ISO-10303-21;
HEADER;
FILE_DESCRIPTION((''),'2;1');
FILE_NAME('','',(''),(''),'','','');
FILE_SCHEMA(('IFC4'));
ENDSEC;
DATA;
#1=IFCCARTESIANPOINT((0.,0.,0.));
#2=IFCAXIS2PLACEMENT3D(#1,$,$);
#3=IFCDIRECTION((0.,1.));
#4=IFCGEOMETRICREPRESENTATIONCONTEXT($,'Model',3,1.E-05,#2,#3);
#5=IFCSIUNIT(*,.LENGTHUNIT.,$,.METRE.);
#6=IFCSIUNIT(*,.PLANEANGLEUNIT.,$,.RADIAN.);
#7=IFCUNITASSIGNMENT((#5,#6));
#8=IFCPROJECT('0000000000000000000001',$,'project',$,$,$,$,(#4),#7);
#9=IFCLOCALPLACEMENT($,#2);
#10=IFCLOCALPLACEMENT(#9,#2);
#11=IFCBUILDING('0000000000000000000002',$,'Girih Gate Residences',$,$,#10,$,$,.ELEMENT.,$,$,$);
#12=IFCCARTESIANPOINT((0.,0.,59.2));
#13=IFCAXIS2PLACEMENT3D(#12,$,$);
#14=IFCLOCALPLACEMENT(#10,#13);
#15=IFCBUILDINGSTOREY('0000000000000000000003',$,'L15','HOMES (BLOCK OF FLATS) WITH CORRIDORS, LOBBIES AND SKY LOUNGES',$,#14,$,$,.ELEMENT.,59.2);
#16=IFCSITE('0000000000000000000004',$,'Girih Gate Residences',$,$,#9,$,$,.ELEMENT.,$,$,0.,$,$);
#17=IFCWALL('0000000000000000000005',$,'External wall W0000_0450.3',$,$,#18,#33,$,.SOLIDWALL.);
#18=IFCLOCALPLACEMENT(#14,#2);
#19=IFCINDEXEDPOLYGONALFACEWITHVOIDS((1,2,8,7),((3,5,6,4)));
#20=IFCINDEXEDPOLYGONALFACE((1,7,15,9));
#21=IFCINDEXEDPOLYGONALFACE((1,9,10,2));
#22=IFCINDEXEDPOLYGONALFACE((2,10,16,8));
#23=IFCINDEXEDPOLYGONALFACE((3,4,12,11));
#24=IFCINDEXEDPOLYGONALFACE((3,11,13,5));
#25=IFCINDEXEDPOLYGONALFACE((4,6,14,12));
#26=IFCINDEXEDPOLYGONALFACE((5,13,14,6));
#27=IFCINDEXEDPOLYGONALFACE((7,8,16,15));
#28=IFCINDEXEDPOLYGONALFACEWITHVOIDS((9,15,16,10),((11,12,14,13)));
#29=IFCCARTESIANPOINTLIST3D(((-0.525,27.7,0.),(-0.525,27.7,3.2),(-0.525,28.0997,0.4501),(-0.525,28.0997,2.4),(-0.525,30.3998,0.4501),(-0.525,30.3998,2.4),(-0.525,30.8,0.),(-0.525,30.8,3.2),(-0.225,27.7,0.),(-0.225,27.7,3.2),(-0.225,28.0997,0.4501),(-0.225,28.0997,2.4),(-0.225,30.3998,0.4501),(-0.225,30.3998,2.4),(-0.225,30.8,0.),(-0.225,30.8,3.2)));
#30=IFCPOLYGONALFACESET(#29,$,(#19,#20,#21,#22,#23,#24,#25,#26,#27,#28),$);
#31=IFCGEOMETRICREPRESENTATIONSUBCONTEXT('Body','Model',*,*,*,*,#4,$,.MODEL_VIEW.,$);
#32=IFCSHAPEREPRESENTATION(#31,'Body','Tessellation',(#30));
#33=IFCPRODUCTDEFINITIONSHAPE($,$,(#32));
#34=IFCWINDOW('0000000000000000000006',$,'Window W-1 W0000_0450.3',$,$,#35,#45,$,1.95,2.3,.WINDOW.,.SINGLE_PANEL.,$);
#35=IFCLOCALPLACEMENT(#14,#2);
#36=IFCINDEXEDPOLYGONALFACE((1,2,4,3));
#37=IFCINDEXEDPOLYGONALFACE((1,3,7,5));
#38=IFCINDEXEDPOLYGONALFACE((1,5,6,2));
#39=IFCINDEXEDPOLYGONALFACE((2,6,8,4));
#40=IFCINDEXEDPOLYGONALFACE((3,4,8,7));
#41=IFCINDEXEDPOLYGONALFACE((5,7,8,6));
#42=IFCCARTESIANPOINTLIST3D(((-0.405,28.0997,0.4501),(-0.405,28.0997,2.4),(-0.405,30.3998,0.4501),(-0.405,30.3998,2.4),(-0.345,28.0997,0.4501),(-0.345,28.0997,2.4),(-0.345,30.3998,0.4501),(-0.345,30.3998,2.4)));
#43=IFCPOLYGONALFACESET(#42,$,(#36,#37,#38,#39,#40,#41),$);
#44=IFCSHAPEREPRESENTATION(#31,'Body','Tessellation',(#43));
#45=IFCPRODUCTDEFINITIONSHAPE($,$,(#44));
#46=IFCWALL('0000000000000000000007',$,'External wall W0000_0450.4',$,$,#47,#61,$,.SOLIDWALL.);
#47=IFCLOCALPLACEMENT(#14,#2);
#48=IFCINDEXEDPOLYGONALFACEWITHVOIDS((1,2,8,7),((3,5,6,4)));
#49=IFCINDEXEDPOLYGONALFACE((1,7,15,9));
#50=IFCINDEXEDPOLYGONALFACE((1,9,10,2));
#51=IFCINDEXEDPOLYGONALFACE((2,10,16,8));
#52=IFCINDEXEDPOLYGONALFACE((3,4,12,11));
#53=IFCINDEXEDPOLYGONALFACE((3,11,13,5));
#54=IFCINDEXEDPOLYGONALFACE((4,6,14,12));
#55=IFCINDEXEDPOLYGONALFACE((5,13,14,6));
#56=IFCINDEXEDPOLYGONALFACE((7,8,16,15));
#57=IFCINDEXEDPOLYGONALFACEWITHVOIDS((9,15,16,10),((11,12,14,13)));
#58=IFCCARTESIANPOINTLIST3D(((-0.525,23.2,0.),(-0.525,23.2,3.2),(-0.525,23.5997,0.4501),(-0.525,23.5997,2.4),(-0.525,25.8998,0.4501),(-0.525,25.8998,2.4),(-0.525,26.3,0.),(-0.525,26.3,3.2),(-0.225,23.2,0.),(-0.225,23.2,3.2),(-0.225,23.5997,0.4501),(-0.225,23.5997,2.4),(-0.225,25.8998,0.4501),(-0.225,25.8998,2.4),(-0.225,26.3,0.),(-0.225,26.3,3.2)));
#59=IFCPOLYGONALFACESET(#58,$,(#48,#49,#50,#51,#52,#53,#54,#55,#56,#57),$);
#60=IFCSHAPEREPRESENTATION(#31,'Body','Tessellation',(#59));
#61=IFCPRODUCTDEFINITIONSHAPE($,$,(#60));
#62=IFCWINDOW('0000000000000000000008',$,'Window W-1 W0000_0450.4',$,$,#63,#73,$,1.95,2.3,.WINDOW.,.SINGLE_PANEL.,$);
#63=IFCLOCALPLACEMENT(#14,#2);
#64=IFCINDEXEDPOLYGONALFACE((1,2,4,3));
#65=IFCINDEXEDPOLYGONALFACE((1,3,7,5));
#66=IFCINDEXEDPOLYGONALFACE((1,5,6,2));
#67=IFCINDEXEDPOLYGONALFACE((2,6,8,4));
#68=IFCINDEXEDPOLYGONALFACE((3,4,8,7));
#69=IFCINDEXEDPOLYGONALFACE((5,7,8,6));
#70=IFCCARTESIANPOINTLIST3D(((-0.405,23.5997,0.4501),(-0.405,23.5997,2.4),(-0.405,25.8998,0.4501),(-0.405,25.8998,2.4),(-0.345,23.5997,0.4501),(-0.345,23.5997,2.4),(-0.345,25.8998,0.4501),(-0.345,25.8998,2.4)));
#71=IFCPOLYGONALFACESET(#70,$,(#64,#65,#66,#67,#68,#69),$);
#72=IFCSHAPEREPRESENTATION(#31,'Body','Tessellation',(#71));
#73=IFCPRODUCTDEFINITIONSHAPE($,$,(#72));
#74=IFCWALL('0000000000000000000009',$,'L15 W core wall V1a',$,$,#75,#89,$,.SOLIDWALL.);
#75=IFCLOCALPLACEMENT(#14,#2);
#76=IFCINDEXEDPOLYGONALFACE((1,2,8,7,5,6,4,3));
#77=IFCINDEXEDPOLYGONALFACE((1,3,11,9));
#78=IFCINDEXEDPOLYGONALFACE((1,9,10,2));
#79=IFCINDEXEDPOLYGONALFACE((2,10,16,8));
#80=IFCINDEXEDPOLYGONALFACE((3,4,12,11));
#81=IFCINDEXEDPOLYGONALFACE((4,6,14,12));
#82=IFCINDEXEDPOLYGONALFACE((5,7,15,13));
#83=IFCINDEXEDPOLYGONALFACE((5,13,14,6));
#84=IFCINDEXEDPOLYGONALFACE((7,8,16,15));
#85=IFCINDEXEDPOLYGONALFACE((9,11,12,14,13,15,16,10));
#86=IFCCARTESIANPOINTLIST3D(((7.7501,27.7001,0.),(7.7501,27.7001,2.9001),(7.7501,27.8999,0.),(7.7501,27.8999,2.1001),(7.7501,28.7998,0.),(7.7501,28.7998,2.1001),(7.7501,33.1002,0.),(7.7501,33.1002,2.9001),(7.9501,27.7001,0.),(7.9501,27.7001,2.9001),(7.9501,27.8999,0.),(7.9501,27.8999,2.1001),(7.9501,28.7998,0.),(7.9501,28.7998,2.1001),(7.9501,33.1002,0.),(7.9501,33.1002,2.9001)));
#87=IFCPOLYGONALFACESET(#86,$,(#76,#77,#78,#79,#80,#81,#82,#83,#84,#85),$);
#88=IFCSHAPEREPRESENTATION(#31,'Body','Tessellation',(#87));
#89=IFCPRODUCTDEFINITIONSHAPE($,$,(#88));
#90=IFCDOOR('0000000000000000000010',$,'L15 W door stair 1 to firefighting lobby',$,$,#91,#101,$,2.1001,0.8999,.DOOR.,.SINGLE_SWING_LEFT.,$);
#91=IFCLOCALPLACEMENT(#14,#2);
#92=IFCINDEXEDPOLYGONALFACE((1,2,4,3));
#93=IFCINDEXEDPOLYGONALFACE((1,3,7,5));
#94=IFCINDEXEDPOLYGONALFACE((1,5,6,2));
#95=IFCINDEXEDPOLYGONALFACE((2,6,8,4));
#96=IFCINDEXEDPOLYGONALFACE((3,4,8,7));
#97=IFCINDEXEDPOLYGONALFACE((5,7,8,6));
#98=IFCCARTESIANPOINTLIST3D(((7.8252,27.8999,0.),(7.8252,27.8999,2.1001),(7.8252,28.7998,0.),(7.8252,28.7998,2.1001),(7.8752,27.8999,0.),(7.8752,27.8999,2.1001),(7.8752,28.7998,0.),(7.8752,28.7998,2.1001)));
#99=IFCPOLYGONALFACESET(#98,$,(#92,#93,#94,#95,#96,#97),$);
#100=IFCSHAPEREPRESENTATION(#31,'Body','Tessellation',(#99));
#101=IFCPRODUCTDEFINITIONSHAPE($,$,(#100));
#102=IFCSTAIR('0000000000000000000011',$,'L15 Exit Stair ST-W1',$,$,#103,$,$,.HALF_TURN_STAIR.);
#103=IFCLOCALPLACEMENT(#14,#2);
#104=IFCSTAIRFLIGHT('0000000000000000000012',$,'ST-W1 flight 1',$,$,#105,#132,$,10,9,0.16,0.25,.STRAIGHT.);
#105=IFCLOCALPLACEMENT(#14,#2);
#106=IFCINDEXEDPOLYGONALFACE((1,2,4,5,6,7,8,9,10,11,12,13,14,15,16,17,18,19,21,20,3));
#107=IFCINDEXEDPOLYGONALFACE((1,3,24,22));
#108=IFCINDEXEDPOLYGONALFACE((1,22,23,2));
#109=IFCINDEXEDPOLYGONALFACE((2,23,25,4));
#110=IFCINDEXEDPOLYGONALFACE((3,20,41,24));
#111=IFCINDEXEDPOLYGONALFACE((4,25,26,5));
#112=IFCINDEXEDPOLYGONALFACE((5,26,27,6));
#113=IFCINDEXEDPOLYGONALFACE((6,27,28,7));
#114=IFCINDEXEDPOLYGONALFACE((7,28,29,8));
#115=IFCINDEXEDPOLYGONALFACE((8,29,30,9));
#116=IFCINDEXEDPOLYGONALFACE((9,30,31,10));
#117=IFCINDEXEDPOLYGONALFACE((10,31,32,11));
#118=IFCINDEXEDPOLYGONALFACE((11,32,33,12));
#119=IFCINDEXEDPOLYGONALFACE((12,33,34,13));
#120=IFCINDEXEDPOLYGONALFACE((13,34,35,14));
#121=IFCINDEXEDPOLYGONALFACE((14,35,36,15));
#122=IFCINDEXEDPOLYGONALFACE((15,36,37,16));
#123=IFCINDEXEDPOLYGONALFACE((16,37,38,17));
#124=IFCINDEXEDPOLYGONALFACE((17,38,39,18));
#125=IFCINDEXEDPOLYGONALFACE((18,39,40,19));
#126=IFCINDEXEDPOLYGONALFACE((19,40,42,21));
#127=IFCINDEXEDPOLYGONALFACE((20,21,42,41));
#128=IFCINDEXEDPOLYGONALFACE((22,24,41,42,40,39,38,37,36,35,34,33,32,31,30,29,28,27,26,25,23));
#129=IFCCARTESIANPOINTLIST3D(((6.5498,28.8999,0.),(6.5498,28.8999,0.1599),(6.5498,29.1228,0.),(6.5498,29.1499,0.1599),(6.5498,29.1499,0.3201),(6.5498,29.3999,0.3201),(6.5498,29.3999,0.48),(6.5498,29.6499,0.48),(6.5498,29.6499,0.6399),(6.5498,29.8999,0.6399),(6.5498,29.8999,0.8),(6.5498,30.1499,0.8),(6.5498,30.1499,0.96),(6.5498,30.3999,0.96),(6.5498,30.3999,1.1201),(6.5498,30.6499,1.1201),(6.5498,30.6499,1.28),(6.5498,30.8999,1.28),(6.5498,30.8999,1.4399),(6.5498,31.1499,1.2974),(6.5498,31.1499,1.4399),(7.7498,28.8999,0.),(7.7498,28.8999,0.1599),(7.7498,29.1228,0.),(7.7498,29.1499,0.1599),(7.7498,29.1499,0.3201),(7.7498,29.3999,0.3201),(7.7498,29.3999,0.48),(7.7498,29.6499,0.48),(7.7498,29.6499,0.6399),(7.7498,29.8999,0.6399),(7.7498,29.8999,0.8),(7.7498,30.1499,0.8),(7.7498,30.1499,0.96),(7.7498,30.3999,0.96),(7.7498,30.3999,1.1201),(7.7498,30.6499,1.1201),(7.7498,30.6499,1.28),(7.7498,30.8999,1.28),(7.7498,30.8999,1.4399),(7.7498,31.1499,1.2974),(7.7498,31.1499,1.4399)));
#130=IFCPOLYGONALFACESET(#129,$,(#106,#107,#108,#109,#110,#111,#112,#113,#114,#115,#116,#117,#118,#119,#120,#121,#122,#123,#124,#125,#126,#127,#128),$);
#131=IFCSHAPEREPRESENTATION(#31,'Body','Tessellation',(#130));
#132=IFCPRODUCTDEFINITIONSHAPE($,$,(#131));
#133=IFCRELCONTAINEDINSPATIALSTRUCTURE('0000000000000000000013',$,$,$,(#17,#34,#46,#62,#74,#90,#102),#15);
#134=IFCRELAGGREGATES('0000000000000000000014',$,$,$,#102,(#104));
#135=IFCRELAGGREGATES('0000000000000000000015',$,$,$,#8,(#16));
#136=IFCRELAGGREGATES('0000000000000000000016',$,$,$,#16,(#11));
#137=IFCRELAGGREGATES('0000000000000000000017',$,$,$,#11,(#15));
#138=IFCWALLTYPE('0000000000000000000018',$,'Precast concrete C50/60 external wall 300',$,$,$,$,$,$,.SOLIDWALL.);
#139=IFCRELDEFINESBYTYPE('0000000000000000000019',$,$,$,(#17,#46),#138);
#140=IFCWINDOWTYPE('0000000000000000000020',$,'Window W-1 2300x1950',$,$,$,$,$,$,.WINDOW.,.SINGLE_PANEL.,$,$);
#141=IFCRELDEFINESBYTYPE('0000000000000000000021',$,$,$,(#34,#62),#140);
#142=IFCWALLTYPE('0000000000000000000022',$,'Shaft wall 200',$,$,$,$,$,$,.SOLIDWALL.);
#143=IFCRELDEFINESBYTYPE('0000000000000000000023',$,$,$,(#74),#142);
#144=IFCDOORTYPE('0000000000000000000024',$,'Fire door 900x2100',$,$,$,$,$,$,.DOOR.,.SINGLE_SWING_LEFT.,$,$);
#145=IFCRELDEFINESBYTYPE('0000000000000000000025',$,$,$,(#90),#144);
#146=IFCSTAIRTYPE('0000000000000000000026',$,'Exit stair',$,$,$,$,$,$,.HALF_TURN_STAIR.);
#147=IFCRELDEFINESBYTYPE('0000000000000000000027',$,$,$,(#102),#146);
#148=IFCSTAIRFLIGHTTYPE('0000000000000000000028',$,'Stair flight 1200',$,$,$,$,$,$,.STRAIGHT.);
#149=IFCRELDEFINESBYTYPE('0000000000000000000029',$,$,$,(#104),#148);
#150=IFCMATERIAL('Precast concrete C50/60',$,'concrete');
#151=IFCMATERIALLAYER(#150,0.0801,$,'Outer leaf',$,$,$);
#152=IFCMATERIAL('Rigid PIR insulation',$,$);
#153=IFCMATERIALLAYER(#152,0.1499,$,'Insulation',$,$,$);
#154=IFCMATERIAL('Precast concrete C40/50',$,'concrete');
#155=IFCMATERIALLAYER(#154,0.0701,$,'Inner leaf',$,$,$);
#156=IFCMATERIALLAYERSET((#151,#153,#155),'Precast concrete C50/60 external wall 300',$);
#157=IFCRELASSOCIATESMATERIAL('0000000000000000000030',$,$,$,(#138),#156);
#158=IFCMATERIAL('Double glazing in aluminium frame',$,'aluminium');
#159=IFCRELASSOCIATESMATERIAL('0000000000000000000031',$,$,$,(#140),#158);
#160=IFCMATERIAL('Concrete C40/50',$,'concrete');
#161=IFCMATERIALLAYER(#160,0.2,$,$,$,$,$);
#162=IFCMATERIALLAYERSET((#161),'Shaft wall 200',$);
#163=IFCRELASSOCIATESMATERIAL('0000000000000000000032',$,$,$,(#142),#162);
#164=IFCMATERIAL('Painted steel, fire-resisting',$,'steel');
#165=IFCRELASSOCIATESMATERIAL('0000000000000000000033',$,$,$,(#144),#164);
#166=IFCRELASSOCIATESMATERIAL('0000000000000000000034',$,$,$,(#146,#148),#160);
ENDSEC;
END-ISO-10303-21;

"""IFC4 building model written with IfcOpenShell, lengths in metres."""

from ifc_helpers import new_model, si_unit, direction, frame, frame_2d, origin, place, context, subcontext, project, spatial, polyline, rectangle, outline, extrude, material, layer, layer_set, type_object, element, fill, aggregate, save


model = new_model("IFC4")

# Units and contexts
model_context = context("Model", 3, precision=1e-05, world=origin(), true_north=direction((0.0, 1.0)))
body_context = subcontext(model_context, "Body", "Model", "MODEL_VIEW")
ifc_project = project(units=[si_unit("LENGTHUNIT", "METRE"), si_unit("PLANEANGLEUNIT", "RADIAN")], contexts=[model_context])

# Site, building, storey
site_placement = place(None, origin())
site = spatial("IfcSite", under=ifc_project, at=site_placement, Name="Girih Gate Residences", CompositionType="ELEMENT", RefElevation=0.0)
building_placement = place(site_placement, origin())
building = spatial("IfcBuilding", under=site, at=building_placement, Name="Girih Gate Residences", CompositionType="ELEMENT")
storey_placement = place(building_placement, frame((0.0, 0.0, 59.2)))
storey = spatial("IfcBuildingStorey", under=building, at=storey_placement, Name="L15", Description="HOMES (BLOCK OF FLATS) WITH CORRIDORS, LOBBIES AND SKY LOUNGES", CompositionType="ELEMENT", Elevation=59.2)

# Shared definitions
ifc_material_1 = material(Name="Painted steel, fire-resisting", Category="steel")

# Walls, openings, windows
ifc_material_2 = material(Name="Precast concrete C50/60", Category="concrete")
ifc_layer_1 = layer(ifc_material_2, 0.0801, Name="Outer leaf")
ifc_material_3 = material(Name="Rigid PIR insulation")
ifc_layer_2 = layer(ifc_material_3, 0.1499, Name="Insulation")
ifc_material_4 = material(Name="Precast concrete C40/50", Category="concrete")
ifc_layer_3 = layer(ifc_material_4, 0.0701, Name="Inner leaf")
ifc_layer_set_1 = layer_set([ifc_layer_1, ifc_layer_2, ifc_layer_3], Name="Precast concrete C50/60 external wall 300")
wall_type_1 = type_object("IfcWallType", Name="Precast concrete C50/60 external wall 300", PredefinedType="SOLIDWALL", material=ifc_layer_set_1)
wall_1_placement = place(storey_placement, frame((-0.375, 27.7, 0.0), z_axis=(0.0, 0.0, 1.0), x_axis=(0.0, 1.0, 0.0)))
wall_1 = element("IfcWall", 1, at=wall_1_placement, inside=storey, type_object=wall_type_1, Name="External wall W0000_0450.3", PredefinedType="SOLIDWALL", context=body_context, shape_type="SweptSolid", body=[
    extrude(rectangle(XDim=3.1001, YDim=0.3, at=frame_2d((1.55, 0.0))), origin(), (0.0, 0.0, 1.0), 3.2),
])
opening_1_placement = place(wall_1_placement, frame((0.3999, 0.0, 0.45)))
opening_1 = element("IfcOpeningElement", 2, at=opening_1_placement, cuts=wall_1, PredefinedType="OPENING", context=body_context, shape_type="SweptSolid", body=[
    extrude(rectangle(XDim=2.3, YDim=1.95, at=frame_2d((1.1499, 0.9751))), frame((0.0, 0.1599, 0.0), z_axis=(0.0, -1.0, 0.0), x_axis=(1.0, 0.0, 0.0)), (0.0, 0.0, 1.0), 0.3201),
])
ifc_material_5 = material(Name="Double glazing in aluminium frame", Category="aluminium")
window_type = type_object("IfcWindowType", Name="Window W-1 2300x1950", PartitioningType="SINGLE_PANEL", PredefinedType="WINDOW", material=ifc_material_5)
window_1_placement = place(opening_1_placement, origin())
window_1 = element("IfcWindow", 3, at=window_1_placement, inside=storey, type_object=window_type, Name="Window W-1 W0000_0450.3", OverallHeight=1.95, OverallWidth=2.3, PartitioningType="SINGLE_PANEL", PredefinedType="WINDOW", context=body_context, shape_type="SweptSolid", body=[
    extrude(rectangle(XDim=2.3, YDim=1.95, at=frame_2d((1.1499, 0.9751))), frame((0.0, 0.03, 0.0), z_axis=(0.0, -1.0, 0.0), x_axis=(1.0, 0.0, 0.0)), (0.0, 0.0, 1.0), 0.0601),
])
fill(opening_1, window_1)
wall_2_placement = place(storey_placement, frame((-0.375, 23.2, 0.0), z_axis=(0.0, 0.0, 1.0), x_axis=(0.0, 1.0, 0.0)))
wall_2 = element("IfcWall", 4, at=wall_2_placement, inside=storey, type_object=wall_type_1, Name="External wall W0000_0450.4", PredefinedType="SOLIDWALL", context=body_context, shape_type="SweptSolid", body=[
    extrude(rectangle(XDim=3.1001, YDim=0.3, at=frame_2d((1.55, 0.0))), origin(), (0.0, 0.0, 1.0), 3.2),
])
opening_2_placement = place(wall_2_placement, frame((0.3999, 0.0, 0.45)))
opening_2 = element("IfcOpeningElement", 5, at=opening_2_placement, cuts=wall_2, PredefinedType="OPENING", context=body_context, shape_type="SweptSolid", body=[
    extrude(rectangle(XDim=2.3, YDim=1.95, at=frame_2d((1.1499, 0.9751))), frame((0.0, 0.1599, 0.0), z_axis=(0.0, -1.0, 0.0), x_axis=(1.0, 0.0, 0.0)), (0.0, 0.0, 1.0), 0.3201),
])
window_2_placement = place(opening_2_placement, origin())
window_2 = element("IfcWindow", 6, at=window_2_placement, inside=storey, type_object=window_type, Name="Window W-1 W0000_0450.4", OverallHeight=1.95, OverallWidth=2.3, PartitioningType="SINGLE_PANEL", PredefinedType="WINDOW", context=body_context, shape_type="SweptSolid", body=[
    extrude(rectangle(XDim=2.3, YDim=1.95, at=frame_2d((1.1499, 0.9751))), frame((0.0, 0.03, 0.0), z_axis=(0.0, -1.0, 0.0), x_axis=(1.0, 0.0, 0.0)), (0.0, 0.0, 1.0), 0.0601),
])
fill(opening_2, window_2)

# Wall, opening, door
ifc_material_6 = material(Name="Concrete C40/50", Category="concrete")
ifc_layer_4 = layer(ifc_material_6, 0.2)
ifc_layer_set_2 = layer_set([ifc_layer_4], Name="Shaft wall 200")
wall_type_2 = type_object("IfcWallType", Name="Shaft wall 200", PredefinedType="SOLIDWALL", material=ifc_layer_set_2)
wall_3_placement = place(storey_placement, frame((7.8501, 27.7, 0.0), z_axis=(0.0, 0.0, 1.0), x_axis=(0.0, 1.0, 0.0)))
wall_3 = element("IfcWall", 7, at=wall_3_placement, inside=storey, type_object=wall_type_2, Name="L15 W core wall V1a", PredefinedType="SOLIDWALL", context=body_context, shape_type="SweptSolid", body=[
    extrude(rectangle(XDim=5.4001, YDim=0.2, at=frame_2d((2.7002, 0.0))), origin(), (0.0, 0.0, 1.0), 2.9001),
])
opening_3_placement = place(wall_3_placement, frame((0.2, 0.0, 0.0)))
opening_3 = element("IfcOpeningElement", 8, at=opening_3_placement, cuts=wall_3, PredefinedType="OPENING", context=body_context, shape_type="SweptSolid", body=[
    extrude(rectangle(XDim=0.8999, YDim=2.1001, at=frame_2d((0.45, 1.05))), frame((0.0, 0.1099, 0.0), z_axis=(0.0, -1.0, 0.0), x_axis=(1.0, 0.0, 0.0)), (0.0, 0.0, 1.0), 0.22),
])
door_type_1 = type_object("IfcDoorType", Name="Fire door 900x2100", OperationType="SINGLE_SWING_LEFT", PredefinedType="DOOR", material=ifc_material_1)
door_1_placement = place(opening_3_placement, origin())
door_1 = element("IfcDoor", 9, at=door_1_placement, inside=storey, type_object=door_type_1, Name="L15 W door stair 1 to firefighting lobby", OperationType="SINGLE_SWING_LEFT", OverallHeight=2.1001, OverallWidth=0.8999, PredefinedType="DOOR", context=body_context, shape_type="SweptSolid", body=[
    extrude(rectangle(XDim=0.8999, YDim=2.1001, at=frame_2d((0.45, 1.05))), frame((0.0, 0.0249, 0.0), z_axis=(0.0, -1.0, 0.0), x_axis=(1.0, 0.0, 0.0)), (0.0, 0.0, 1.0), 0.05),
])
fill(opening_3, door_1)

# Stair, stair flight
stair_type = type_object("IfcStairType", Name="Exit stair", PredefinedType="HALF_TURN_STAIR", material=ifc_material_6)
stair_placement = place(storey_placement, origin())
stair = element("IfcStair", 10, at=stair_placement, inside=storey, type_object=stair_type, Name="L15 Exit Stair ST-W1", PredefinedType="HALF_TURN_STAIR")
stair_flight_type = type_object("IfcStairFlightType", Name="Stair flight 1200", PredefinedType="STRAIGHT", material=ifc_material_6)
stair_flight_placement = place(storey_placement, frame((7.1499, 28.8999, 0.0), z_axis=(0.0, 0.0, 1.0), x_axis=(0.0, 1.0, 0.0)))
stair_flight = element("IfcStairFlight", 11, at=stair_flight_placement, type_object=stair_flight_type, Name="ST-W1 flight 1", NumberOfRisers=10, NumberOfTreads=9, PredefinedType="STRAIGHT", RiserHeight=0.16, TreadLength=0.25, context=body_context, shape_type="SweptSolid", body=[
    extrude(outline(polyline([(0.0, 0.0), (0.0, 0.1599), (0.25, 0.1599), (0.25, 0.3201), (0.5, 0.3201), (0.5, 0.48), (0.75, 0.48), (0.75, 0.6399), (1.0, 0.6399), (1.0, 0.8), (1.25, 0.8), (1.25, 0.96), (1.5, 0.96), (1.5, 1.1201), (1.75, 1.1201), (1.75, 1.28), (2.0, 1.28), (2.0, 1.4399), (2.25, 1.4399), (2.25, 1.6001), (2.25, 1.2974), (0.2229, 0.0), (0.0, 0.0)])), frame((0.0, 0.6001, 0.0), z_axis=(0.0, -1.0, 0.0), x_axis=(1.0, 0.0, 0.0)), (0.0, 0.0, 1.0), 1.2),
])
aggregate(stair, [stair_flight])

save(model, "model.ifc")
